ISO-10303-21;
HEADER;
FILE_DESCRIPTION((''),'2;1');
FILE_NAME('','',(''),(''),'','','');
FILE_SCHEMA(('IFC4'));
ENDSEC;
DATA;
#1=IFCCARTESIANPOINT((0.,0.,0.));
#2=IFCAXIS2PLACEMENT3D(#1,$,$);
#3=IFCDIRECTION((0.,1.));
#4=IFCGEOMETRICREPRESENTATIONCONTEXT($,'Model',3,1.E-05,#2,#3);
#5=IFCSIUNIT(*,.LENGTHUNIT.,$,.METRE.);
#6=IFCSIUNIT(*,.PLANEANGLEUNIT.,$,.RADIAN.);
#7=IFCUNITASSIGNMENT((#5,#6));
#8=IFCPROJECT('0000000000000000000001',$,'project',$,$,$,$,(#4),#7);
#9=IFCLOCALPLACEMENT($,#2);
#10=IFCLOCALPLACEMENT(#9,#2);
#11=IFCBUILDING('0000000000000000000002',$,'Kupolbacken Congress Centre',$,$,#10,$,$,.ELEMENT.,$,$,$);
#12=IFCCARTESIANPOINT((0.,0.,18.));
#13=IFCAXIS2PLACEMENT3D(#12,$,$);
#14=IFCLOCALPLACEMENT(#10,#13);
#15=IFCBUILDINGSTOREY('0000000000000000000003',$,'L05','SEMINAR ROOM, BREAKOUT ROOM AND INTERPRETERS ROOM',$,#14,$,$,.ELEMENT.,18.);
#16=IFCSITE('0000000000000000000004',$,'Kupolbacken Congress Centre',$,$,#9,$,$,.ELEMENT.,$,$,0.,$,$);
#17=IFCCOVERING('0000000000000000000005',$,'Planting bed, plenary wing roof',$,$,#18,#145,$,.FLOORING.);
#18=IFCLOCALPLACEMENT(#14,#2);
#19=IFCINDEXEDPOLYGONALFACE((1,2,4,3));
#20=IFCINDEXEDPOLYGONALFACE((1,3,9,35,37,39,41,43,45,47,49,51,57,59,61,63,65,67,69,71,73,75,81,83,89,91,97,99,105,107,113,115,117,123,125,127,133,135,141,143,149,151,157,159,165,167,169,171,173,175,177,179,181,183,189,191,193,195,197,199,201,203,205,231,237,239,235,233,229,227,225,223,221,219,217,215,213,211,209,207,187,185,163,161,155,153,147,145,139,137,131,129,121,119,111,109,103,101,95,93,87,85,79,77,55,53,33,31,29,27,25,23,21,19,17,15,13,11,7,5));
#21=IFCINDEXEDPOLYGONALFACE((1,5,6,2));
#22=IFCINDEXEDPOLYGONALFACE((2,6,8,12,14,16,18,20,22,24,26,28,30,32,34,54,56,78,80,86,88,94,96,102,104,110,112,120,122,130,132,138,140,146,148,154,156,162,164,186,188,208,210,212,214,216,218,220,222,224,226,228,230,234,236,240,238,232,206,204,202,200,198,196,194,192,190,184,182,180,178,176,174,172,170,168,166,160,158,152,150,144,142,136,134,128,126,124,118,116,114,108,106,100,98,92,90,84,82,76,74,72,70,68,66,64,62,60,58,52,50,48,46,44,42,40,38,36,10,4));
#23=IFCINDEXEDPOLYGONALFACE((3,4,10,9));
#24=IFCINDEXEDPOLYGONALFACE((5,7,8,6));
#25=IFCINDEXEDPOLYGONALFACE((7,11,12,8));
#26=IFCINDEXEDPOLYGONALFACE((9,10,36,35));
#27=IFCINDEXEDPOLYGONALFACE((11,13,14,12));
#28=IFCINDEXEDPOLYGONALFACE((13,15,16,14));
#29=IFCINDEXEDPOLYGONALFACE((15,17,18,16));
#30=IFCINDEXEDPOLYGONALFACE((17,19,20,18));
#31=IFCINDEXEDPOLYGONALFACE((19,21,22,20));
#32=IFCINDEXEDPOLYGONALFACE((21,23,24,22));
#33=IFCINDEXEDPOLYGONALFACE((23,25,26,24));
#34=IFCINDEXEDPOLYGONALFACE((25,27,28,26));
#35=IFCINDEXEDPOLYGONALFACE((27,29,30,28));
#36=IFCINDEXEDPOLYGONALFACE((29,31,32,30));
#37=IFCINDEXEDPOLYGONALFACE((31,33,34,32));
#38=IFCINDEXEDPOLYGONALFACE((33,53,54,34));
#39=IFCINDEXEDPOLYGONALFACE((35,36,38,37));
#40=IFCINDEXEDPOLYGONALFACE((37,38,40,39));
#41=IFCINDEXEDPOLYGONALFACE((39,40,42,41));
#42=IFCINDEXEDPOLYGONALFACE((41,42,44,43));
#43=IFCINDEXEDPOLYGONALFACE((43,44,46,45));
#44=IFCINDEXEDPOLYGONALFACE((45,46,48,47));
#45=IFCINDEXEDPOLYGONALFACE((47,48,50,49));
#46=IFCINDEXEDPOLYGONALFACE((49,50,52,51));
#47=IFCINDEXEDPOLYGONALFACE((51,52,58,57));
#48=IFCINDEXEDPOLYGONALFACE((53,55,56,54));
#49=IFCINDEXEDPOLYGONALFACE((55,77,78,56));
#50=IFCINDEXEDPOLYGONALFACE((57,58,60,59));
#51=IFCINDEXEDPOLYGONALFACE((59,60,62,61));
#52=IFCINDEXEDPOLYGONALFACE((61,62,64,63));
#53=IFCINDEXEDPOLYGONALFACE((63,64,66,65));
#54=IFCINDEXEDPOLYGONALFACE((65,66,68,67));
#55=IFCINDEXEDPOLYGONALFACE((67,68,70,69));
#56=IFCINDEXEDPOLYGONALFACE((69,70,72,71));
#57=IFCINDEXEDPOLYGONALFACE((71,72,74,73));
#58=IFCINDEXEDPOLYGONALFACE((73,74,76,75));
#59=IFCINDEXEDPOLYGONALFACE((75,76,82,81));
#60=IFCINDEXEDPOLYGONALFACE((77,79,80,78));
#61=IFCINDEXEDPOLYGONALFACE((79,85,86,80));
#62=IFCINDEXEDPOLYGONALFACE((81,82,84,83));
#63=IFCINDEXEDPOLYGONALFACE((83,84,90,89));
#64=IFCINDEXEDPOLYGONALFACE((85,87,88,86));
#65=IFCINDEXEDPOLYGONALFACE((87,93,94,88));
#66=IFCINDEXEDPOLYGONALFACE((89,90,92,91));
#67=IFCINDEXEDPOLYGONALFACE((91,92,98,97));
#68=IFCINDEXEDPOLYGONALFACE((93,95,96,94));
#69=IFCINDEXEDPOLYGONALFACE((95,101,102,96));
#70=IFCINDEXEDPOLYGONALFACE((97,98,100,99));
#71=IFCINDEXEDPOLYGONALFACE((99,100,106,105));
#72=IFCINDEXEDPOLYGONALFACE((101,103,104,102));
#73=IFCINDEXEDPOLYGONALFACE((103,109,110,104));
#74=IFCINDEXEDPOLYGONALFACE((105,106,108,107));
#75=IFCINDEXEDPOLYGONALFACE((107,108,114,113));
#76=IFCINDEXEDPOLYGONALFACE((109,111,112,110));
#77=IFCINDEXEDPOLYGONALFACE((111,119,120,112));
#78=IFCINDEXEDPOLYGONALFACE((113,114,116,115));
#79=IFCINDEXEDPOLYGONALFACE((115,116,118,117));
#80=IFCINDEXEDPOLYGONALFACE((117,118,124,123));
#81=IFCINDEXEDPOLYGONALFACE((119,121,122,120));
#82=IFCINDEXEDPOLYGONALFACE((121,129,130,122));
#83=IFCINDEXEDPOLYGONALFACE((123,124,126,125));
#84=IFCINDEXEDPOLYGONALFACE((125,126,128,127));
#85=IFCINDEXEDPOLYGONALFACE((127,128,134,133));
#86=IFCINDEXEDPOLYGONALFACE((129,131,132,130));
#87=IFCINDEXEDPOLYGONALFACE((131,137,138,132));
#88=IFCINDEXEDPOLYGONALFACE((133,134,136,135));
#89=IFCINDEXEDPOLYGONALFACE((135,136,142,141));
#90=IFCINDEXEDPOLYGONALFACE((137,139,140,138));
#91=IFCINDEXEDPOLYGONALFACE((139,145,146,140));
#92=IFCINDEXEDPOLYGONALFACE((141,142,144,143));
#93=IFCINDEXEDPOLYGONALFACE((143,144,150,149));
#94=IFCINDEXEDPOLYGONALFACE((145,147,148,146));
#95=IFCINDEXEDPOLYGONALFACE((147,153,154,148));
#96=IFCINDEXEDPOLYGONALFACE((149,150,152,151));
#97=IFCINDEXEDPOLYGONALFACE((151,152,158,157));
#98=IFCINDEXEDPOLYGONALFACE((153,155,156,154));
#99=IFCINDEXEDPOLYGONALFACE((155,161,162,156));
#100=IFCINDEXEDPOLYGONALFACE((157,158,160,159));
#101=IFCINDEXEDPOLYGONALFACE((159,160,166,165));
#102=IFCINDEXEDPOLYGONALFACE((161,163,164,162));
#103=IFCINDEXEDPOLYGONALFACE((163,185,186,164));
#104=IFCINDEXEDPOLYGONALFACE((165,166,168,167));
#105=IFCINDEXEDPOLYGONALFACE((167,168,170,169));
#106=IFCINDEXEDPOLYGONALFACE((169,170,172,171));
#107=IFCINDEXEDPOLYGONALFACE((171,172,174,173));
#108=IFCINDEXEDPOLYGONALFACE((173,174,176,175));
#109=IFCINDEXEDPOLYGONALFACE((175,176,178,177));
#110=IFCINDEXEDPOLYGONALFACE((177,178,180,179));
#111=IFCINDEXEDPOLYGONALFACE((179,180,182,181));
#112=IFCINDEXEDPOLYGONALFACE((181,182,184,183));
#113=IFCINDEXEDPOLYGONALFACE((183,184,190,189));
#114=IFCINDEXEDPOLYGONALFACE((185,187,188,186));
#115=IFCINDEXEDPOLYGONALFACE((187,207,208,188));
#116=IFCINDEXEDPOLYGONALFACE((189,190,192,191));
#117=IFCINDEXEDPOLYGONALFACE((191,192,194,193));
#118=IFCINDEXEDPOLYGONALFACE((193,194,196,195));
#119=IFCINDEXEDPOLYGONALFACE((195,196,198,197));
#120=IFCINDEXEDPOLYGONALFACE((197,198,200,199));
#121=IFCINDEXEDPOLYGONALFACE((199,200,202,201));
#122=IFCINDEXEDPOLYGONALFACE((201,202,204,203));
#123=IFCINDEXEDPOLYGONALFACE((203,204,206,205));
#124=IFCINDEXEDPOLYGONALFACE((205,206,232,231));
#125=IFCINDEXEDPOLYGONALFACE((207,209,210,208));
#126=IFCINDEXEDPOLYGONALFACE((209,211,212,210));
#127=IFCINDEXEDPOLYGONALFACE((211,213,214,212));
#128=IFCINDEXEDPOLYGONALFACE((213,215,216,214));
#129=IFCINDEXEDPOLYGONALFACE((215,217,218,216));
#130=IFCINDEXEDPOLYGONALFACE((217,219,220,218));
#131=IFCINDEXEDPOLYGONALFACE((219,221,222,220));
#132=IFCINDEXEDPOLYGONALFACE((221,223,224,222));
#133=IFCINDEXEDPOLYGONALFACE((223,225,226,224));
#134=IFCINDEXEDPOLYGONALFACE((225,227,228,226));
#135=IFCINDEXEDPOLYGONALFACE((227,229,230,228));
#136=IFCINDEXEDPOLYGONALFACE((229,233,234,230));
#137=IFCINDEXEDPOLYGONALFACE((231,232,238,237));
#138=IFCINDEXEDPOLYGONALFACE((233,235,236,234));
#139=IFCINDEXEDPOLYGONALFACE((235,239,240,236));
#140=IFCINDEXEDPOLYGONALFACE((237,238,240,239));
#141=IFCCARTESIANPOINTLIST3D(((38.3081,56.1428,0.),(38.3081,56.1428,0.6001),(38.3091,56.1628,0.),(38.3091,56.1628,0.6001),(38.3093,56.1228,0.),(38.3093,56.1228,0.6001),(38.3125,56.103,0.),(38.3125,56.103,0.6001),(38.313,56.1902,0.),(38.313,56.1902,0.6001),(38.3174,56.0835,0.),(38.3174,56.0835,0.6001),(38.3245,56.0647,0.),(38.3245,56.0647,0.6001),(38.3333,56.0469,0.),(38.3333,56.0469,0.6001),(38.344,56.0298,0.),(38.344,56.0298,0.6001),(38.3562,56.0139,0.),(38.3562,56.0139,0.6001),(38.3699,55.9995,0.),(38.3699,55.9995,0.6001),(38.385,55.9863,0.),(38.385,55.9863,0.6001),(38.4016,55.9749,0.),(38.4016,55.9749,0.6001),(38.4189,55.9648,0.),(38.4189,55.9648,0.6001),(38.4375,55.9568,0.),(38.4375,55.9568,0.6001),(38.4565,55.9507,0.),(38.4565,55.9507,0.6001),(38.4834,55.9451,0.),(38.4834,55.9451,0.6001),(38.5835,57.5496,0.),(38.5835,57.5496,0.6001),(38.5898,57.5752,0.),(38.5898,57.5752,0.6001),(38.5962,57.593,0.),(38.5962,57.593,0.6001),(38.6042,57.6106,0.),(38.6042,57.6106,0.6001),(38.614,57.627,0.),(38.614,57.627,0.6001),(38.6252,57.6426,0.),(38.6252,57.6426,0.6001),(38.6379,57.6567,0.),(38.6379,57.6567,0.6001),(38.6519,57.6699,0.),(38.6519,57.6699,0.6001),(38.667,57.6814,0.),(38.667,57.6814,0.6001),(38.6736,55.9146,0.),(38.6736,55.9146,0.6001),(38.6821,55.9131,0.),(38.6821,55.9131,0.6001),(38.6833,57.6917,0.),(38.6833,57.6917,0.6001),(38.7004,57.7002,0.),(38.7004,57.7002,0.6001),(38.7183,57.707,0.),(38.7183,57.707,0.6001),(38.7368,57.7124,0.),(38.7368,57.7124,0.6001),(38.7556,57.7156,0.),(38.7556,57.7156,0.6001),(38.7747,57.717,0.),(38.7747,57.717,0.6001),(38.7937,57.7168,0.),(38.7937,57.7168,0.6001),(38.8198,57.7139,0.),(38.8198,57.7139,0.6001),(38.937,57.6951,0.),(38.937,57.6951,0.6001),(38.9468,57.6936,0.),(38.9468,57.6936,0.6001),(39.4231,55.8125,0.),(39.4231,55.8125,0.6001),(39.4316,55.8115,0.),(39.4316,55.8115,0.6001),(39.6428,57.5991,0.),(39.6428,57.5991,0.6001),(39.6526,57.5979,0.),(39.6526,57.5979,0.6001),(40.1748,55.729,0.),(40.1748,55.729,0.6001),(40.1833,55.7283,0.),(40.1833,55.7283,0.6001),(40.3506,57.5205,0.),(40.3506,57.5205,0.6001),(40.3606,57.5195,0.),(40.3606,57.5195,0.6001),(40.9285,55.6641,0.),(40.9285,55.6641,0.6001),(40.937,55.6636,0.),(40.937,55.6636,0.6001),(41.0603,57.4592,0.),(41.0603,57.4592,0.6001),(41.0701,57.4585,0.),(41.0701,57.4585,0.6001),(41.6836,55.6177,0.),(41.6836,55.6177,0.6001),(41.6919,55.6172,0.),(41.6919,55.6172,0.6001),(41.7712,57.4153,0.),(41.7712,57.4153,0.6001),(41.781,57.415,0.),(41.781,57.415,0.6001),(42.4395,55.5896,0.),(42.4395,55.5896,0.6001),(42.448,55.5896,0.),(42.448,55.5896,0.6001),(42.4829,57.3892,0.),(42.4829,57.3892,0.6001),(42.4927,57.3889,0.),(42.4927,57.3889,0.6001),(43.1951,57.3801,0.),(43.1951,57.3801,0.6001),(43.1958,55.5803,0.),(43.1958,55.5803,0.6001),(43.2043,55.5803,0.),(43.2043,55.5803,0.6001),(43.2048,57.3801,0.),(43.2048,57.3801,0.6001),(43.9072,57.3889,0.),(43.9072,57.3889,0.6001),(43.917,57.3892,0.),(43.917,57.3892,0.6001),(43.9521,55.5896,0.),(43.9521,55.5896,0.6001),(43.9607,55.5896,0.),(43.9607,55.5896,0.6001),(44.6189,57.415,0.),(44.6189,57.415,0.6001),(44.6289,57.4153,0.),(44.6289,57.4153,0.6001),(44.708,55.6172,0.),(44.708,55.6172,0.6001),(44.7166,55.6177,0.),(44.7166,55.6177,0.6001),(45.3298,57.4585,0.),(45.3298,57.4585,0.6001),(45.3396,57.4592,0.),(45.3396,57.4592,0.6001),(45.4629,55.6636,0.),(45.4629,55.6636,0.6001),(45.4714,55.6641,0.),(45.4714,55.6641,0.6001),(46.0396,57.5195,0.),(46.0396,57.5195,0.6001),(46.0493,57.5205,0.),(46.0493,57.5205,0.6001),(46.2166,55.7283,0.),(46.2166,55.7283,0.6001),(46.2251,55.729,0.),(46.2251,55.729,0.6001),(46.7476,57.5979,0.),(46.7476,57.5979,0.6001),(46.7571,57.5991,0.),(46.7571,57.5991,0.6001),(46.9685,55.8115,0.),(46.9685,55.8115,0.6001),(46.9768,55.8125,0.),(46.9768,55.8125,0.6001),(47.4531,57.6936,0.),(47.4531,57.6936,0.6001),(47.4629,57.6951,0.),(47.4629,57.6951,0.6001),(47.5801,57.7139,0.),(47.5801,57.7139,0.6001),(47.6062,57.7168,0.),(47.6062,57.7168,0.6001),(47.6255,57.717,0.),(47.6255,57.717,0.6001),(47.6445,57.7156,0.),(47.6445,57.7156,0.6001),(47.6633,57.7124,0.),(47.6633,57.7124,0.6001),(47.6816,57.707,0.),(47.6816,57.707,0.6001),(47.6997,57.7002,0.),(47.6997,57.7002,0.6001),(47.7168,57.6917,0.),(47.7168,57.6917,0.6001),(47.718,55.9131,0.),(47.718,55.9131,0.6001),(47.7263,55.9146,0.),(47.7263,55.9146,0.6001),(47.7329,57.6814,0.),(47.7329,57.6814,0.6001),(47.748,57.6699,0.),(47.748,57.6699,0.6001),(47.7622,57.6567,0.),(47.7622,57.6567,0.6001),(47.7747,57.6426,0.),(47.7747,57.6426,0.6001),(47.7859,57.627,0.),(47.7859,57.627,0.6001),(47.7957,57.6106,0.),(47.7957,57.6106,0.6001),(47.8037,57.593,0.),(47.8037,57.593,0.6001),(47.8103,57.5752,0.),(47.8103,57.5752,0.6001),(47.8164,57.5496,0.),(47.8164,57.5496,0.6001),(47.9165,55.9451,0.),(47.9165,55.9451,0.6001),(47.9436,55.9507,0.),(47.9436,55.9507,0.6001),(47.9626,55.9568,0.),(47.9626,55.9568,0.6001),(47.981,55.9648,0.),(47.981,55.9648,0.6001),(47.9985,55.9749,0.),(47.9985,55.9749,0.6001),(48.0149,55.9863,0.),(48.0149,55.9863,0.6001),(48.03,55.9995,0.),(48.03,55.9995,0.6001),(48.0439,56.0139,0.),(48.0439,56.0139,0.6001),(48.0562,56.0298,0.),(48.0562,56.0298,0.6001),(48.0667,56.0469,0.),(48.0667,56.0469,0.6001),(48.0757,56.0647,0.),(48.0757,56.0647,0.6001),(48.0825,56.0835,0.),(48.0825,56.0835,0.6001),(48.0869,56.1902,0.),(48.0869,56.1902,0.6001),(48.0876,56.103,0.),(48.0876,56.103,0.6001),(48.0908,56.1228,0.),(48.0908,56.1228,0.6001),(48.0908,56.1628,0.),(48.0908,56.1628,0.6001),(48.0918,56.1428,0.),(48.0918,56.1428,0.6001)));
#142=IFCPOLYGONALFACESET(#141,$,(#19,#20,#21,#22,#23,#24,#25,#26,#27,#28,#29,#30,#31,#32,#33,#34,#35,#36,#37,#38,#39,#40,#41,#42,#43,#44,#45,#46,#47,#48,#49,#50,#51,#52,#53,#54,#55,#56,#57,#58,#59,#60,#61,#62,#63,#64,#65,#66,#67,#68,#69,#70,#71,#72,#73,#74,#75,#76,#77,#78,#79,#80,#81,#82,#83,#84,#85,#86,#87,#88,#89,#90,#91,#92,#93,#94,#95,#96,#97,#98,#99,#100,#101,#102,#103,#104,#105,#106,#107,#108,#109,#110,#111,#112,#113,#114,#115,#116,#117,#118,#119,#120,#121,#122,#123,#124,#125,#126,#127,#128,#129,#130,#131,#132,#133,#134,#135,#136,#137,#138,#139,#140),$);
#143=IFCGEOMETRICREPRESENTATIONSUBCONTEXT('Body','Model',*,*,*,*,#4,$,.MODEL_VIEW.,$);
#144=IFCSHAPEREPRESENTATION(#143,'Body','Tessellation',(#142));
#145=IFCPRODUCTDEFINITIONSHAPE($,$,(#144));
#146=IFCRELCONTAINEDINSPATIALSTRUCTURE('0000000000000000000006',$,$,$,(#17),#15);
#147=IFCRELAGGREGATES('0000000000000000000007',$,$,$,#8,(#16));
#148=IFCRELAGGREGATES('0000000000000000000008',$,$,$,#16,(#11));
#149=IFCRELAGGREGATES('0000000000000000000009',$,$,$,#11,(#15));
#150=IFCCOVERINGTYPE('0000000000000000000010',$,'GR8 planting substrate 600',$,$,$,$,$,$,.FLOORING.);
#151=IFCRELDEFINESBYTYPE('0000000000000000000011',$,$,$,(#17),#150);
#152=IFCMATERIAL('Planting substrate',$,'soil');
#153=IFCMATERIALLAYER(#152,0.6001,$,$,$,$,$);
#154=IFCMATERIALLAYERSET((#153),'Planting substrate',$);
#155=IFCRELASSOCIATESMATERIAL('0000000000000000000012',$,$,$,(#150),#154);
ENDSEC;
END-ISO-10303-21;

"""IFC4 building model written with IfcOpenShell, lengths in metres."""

from ifc_helpers import new_model, si_unit, direction, frame, origin, place, context, subcontext, project, spatial, polyline, outline, extrude, material, layer, layer_set, type_object, element, save


model = new_model("IFC4")

# Units and contexts
model_context = context("Model", 3, precision=1e-05, world=origin(), true_north=direction((0.0, 1.0)))
body_context = subcontext(model_context, "Body", "Model", "MODEL_VIEW")
ifc_project = project(units=[si_unit("LENGTHUNIT", "METRE"), si_unit("PLANEANGLEUNIT", "RADIAN")], contexts=[model_context])

# Site, building, storey
site_placement = place(None, origin())
site = spatial("IfcSite", under=ifc_project, at=site_placement, Name="Kupolbacken Congress Centre", CompositionType="ELEMENT", RefElevation=0.0)
building_placement = place(site_placement, origin())
building = spatial("IfcBuilding", under=site, at=building_placement, Name="Kupolbacken Congress Centre", CompositionType="ELEMENT")
storey_placement = place(building_placement, frame((0.0, 0.0, 18.0)))
storey = spatial("IfcBuildingStorey", under=building, at=storey_placement, Name="L05", Description="SEMINAR ROOM, BREAKOUT ROOM AND INTERPRETERS ROOM", CompositionType="ELEMENT", Elevation=18.0)

# Covering
ifc_material_1 = material(Name="Planting substrate", Category="soil")
ifc_layer_1 = layer(ifc_material_1, 0.6001)
ifc_layer_set_1 = layer_set([ifc_layer_1], Name="Planting substrate")
covering_type_1 = type_object("IfcCoveringType", Name="GR8 planting substrate 600", PredefinedType="FLOORING", material=ifc_layer_set_1)
covering_1_placement = place(storey_placement, origin())
element("IfcCovering", 1, at=covering_1_placement, inside=storey, type_object=covering_type_1, Name="Planting bed, plenary wing roof", PredefinedType="FLOORING", context=body_context, shape_type="SweptSolid", body=[
    extrude(outline(polyline([(38.937, 57.6951), (38.9468, 57.6936), (39.6428, 57.5991), (39.6526, 57.5979), (40.3506, 57.5205), (40.3606, 57.5195), (41.0603, 57.4592), (41.0701, 57.4585), (41.7712, 57.4153), (41.781, 57.415), (42.4829, 57.3892), (42.4927, 57.3889), (43.1951, 57.3801), (43.2048, 57.3801), (43.9072, 57.3889), (43.917, 57.3892), (44.6189, 57.415), (44.6289, 57.4153), (45.3298, 57.4585), (45.3396, 57.4592), (46.0396, 57.5195), (46.0493, 57.5205), (46.7476, 57.5979), (46.7571, 57.5991), (47.4531, 57.6936), (47.4629, 57.6951), (47.5801, 57.7139), (47.6062, 57.7168), (47.6255, 57.717), (47.6445, 57.7156), (47.6633, 57.7124), (47.6816, 57.707), (47.6997, 57.7002), (47.7168, 57.6917), (47.7329, 57.6814), (47.748, 57.6699), (47.7622, 57.6567), (47.7747, 57.6426), (47.7859, 57.627), (47.7957, 57.6106), (47.8037, 57.593), (47.8103, 57.5752), (47.8164, 57.5496), (48.0869, 56.1902), (48.0908, 56.1628), (48.0918, 56.1428), (48.0908, 56.1228), (48.0876, 56.103), (48.0825, 56.0835), (48.0757, 56.0647), (48.0667, 56.0469), (48.0562, 56.0298), (48.0439, 56.0139), (48.03, 55.9995), (48.0149, 55.9863), (47.9985, 55.9749), (47.981, 55.9648), (47.9626, 55.9568), (47.9436, 55.9507), (47.9165, 55.9451), (47.7263, 55.9146), (47.718, 55.9131), (46.9768, 55.8125), (46.9685, 55.8115), (46.2251, 55.729), (46.2166, 55.7283), (45.4714, 55.6641), (45.4629, 55.6636), (44.7166, 55.6177), (44.708, 55.6172), (43.9607, 55.5896), (43.9521, 55.5896), (43.2043, 55.5803), (43.1958, 55.5803), (42.448, 55.5896), (42.4395, 55.5896), (41.6919, 55.6172), (41.6836, 55.6177), (40.937, 55.6636), (40.9285, 55.6641), (40.1833, 55.7283), (40.1748, 55.729), (39.4316, 55.8115), (39.4231, 55.8125), (38.6821, 55.9131), (38.6736, 55.9146), (38.4834, 55.9451), (38.4565, 55.9507), (38.4375, 55.9568), (38.4189, 55.9648), (38.4016, 55.9749), (38.385, 55.9863), (38.3699, 55.9995), (38.3562, 56.0139), (38.344, 56.0298), (38.3333, 56.0469), (38.3245, 56.0647), (38.3174, 56.0835), (38.3125, 56.103), (38.3093, 56.1228), (38.3081, 56.1428), (38.3091, 56.1628), (38.313, 56.1902), (38.5835, 57.5496), (38.5898, 57.5752), (38.5962, 57.593), (38.6042, 57.6106), (38.614, 57.627), (38.6252, 57.6426), (38.6379, 57.6567), (38.6519, 57.6699), (38.667, 57.6814), (38.6833, 57.6917), (38.7004, 57.7002), (38.7183, 57.707), (38.7368, 57.7124), (38.7556, 57.7156), (38.7747, 57.717), (38.7937, 57.7168), (38.8198, 57.7139), (38.937, 57.6951)])), origin(), (0.0, 0.0, 1.0), 0.6001),
])

save(model, "model.ifc")
